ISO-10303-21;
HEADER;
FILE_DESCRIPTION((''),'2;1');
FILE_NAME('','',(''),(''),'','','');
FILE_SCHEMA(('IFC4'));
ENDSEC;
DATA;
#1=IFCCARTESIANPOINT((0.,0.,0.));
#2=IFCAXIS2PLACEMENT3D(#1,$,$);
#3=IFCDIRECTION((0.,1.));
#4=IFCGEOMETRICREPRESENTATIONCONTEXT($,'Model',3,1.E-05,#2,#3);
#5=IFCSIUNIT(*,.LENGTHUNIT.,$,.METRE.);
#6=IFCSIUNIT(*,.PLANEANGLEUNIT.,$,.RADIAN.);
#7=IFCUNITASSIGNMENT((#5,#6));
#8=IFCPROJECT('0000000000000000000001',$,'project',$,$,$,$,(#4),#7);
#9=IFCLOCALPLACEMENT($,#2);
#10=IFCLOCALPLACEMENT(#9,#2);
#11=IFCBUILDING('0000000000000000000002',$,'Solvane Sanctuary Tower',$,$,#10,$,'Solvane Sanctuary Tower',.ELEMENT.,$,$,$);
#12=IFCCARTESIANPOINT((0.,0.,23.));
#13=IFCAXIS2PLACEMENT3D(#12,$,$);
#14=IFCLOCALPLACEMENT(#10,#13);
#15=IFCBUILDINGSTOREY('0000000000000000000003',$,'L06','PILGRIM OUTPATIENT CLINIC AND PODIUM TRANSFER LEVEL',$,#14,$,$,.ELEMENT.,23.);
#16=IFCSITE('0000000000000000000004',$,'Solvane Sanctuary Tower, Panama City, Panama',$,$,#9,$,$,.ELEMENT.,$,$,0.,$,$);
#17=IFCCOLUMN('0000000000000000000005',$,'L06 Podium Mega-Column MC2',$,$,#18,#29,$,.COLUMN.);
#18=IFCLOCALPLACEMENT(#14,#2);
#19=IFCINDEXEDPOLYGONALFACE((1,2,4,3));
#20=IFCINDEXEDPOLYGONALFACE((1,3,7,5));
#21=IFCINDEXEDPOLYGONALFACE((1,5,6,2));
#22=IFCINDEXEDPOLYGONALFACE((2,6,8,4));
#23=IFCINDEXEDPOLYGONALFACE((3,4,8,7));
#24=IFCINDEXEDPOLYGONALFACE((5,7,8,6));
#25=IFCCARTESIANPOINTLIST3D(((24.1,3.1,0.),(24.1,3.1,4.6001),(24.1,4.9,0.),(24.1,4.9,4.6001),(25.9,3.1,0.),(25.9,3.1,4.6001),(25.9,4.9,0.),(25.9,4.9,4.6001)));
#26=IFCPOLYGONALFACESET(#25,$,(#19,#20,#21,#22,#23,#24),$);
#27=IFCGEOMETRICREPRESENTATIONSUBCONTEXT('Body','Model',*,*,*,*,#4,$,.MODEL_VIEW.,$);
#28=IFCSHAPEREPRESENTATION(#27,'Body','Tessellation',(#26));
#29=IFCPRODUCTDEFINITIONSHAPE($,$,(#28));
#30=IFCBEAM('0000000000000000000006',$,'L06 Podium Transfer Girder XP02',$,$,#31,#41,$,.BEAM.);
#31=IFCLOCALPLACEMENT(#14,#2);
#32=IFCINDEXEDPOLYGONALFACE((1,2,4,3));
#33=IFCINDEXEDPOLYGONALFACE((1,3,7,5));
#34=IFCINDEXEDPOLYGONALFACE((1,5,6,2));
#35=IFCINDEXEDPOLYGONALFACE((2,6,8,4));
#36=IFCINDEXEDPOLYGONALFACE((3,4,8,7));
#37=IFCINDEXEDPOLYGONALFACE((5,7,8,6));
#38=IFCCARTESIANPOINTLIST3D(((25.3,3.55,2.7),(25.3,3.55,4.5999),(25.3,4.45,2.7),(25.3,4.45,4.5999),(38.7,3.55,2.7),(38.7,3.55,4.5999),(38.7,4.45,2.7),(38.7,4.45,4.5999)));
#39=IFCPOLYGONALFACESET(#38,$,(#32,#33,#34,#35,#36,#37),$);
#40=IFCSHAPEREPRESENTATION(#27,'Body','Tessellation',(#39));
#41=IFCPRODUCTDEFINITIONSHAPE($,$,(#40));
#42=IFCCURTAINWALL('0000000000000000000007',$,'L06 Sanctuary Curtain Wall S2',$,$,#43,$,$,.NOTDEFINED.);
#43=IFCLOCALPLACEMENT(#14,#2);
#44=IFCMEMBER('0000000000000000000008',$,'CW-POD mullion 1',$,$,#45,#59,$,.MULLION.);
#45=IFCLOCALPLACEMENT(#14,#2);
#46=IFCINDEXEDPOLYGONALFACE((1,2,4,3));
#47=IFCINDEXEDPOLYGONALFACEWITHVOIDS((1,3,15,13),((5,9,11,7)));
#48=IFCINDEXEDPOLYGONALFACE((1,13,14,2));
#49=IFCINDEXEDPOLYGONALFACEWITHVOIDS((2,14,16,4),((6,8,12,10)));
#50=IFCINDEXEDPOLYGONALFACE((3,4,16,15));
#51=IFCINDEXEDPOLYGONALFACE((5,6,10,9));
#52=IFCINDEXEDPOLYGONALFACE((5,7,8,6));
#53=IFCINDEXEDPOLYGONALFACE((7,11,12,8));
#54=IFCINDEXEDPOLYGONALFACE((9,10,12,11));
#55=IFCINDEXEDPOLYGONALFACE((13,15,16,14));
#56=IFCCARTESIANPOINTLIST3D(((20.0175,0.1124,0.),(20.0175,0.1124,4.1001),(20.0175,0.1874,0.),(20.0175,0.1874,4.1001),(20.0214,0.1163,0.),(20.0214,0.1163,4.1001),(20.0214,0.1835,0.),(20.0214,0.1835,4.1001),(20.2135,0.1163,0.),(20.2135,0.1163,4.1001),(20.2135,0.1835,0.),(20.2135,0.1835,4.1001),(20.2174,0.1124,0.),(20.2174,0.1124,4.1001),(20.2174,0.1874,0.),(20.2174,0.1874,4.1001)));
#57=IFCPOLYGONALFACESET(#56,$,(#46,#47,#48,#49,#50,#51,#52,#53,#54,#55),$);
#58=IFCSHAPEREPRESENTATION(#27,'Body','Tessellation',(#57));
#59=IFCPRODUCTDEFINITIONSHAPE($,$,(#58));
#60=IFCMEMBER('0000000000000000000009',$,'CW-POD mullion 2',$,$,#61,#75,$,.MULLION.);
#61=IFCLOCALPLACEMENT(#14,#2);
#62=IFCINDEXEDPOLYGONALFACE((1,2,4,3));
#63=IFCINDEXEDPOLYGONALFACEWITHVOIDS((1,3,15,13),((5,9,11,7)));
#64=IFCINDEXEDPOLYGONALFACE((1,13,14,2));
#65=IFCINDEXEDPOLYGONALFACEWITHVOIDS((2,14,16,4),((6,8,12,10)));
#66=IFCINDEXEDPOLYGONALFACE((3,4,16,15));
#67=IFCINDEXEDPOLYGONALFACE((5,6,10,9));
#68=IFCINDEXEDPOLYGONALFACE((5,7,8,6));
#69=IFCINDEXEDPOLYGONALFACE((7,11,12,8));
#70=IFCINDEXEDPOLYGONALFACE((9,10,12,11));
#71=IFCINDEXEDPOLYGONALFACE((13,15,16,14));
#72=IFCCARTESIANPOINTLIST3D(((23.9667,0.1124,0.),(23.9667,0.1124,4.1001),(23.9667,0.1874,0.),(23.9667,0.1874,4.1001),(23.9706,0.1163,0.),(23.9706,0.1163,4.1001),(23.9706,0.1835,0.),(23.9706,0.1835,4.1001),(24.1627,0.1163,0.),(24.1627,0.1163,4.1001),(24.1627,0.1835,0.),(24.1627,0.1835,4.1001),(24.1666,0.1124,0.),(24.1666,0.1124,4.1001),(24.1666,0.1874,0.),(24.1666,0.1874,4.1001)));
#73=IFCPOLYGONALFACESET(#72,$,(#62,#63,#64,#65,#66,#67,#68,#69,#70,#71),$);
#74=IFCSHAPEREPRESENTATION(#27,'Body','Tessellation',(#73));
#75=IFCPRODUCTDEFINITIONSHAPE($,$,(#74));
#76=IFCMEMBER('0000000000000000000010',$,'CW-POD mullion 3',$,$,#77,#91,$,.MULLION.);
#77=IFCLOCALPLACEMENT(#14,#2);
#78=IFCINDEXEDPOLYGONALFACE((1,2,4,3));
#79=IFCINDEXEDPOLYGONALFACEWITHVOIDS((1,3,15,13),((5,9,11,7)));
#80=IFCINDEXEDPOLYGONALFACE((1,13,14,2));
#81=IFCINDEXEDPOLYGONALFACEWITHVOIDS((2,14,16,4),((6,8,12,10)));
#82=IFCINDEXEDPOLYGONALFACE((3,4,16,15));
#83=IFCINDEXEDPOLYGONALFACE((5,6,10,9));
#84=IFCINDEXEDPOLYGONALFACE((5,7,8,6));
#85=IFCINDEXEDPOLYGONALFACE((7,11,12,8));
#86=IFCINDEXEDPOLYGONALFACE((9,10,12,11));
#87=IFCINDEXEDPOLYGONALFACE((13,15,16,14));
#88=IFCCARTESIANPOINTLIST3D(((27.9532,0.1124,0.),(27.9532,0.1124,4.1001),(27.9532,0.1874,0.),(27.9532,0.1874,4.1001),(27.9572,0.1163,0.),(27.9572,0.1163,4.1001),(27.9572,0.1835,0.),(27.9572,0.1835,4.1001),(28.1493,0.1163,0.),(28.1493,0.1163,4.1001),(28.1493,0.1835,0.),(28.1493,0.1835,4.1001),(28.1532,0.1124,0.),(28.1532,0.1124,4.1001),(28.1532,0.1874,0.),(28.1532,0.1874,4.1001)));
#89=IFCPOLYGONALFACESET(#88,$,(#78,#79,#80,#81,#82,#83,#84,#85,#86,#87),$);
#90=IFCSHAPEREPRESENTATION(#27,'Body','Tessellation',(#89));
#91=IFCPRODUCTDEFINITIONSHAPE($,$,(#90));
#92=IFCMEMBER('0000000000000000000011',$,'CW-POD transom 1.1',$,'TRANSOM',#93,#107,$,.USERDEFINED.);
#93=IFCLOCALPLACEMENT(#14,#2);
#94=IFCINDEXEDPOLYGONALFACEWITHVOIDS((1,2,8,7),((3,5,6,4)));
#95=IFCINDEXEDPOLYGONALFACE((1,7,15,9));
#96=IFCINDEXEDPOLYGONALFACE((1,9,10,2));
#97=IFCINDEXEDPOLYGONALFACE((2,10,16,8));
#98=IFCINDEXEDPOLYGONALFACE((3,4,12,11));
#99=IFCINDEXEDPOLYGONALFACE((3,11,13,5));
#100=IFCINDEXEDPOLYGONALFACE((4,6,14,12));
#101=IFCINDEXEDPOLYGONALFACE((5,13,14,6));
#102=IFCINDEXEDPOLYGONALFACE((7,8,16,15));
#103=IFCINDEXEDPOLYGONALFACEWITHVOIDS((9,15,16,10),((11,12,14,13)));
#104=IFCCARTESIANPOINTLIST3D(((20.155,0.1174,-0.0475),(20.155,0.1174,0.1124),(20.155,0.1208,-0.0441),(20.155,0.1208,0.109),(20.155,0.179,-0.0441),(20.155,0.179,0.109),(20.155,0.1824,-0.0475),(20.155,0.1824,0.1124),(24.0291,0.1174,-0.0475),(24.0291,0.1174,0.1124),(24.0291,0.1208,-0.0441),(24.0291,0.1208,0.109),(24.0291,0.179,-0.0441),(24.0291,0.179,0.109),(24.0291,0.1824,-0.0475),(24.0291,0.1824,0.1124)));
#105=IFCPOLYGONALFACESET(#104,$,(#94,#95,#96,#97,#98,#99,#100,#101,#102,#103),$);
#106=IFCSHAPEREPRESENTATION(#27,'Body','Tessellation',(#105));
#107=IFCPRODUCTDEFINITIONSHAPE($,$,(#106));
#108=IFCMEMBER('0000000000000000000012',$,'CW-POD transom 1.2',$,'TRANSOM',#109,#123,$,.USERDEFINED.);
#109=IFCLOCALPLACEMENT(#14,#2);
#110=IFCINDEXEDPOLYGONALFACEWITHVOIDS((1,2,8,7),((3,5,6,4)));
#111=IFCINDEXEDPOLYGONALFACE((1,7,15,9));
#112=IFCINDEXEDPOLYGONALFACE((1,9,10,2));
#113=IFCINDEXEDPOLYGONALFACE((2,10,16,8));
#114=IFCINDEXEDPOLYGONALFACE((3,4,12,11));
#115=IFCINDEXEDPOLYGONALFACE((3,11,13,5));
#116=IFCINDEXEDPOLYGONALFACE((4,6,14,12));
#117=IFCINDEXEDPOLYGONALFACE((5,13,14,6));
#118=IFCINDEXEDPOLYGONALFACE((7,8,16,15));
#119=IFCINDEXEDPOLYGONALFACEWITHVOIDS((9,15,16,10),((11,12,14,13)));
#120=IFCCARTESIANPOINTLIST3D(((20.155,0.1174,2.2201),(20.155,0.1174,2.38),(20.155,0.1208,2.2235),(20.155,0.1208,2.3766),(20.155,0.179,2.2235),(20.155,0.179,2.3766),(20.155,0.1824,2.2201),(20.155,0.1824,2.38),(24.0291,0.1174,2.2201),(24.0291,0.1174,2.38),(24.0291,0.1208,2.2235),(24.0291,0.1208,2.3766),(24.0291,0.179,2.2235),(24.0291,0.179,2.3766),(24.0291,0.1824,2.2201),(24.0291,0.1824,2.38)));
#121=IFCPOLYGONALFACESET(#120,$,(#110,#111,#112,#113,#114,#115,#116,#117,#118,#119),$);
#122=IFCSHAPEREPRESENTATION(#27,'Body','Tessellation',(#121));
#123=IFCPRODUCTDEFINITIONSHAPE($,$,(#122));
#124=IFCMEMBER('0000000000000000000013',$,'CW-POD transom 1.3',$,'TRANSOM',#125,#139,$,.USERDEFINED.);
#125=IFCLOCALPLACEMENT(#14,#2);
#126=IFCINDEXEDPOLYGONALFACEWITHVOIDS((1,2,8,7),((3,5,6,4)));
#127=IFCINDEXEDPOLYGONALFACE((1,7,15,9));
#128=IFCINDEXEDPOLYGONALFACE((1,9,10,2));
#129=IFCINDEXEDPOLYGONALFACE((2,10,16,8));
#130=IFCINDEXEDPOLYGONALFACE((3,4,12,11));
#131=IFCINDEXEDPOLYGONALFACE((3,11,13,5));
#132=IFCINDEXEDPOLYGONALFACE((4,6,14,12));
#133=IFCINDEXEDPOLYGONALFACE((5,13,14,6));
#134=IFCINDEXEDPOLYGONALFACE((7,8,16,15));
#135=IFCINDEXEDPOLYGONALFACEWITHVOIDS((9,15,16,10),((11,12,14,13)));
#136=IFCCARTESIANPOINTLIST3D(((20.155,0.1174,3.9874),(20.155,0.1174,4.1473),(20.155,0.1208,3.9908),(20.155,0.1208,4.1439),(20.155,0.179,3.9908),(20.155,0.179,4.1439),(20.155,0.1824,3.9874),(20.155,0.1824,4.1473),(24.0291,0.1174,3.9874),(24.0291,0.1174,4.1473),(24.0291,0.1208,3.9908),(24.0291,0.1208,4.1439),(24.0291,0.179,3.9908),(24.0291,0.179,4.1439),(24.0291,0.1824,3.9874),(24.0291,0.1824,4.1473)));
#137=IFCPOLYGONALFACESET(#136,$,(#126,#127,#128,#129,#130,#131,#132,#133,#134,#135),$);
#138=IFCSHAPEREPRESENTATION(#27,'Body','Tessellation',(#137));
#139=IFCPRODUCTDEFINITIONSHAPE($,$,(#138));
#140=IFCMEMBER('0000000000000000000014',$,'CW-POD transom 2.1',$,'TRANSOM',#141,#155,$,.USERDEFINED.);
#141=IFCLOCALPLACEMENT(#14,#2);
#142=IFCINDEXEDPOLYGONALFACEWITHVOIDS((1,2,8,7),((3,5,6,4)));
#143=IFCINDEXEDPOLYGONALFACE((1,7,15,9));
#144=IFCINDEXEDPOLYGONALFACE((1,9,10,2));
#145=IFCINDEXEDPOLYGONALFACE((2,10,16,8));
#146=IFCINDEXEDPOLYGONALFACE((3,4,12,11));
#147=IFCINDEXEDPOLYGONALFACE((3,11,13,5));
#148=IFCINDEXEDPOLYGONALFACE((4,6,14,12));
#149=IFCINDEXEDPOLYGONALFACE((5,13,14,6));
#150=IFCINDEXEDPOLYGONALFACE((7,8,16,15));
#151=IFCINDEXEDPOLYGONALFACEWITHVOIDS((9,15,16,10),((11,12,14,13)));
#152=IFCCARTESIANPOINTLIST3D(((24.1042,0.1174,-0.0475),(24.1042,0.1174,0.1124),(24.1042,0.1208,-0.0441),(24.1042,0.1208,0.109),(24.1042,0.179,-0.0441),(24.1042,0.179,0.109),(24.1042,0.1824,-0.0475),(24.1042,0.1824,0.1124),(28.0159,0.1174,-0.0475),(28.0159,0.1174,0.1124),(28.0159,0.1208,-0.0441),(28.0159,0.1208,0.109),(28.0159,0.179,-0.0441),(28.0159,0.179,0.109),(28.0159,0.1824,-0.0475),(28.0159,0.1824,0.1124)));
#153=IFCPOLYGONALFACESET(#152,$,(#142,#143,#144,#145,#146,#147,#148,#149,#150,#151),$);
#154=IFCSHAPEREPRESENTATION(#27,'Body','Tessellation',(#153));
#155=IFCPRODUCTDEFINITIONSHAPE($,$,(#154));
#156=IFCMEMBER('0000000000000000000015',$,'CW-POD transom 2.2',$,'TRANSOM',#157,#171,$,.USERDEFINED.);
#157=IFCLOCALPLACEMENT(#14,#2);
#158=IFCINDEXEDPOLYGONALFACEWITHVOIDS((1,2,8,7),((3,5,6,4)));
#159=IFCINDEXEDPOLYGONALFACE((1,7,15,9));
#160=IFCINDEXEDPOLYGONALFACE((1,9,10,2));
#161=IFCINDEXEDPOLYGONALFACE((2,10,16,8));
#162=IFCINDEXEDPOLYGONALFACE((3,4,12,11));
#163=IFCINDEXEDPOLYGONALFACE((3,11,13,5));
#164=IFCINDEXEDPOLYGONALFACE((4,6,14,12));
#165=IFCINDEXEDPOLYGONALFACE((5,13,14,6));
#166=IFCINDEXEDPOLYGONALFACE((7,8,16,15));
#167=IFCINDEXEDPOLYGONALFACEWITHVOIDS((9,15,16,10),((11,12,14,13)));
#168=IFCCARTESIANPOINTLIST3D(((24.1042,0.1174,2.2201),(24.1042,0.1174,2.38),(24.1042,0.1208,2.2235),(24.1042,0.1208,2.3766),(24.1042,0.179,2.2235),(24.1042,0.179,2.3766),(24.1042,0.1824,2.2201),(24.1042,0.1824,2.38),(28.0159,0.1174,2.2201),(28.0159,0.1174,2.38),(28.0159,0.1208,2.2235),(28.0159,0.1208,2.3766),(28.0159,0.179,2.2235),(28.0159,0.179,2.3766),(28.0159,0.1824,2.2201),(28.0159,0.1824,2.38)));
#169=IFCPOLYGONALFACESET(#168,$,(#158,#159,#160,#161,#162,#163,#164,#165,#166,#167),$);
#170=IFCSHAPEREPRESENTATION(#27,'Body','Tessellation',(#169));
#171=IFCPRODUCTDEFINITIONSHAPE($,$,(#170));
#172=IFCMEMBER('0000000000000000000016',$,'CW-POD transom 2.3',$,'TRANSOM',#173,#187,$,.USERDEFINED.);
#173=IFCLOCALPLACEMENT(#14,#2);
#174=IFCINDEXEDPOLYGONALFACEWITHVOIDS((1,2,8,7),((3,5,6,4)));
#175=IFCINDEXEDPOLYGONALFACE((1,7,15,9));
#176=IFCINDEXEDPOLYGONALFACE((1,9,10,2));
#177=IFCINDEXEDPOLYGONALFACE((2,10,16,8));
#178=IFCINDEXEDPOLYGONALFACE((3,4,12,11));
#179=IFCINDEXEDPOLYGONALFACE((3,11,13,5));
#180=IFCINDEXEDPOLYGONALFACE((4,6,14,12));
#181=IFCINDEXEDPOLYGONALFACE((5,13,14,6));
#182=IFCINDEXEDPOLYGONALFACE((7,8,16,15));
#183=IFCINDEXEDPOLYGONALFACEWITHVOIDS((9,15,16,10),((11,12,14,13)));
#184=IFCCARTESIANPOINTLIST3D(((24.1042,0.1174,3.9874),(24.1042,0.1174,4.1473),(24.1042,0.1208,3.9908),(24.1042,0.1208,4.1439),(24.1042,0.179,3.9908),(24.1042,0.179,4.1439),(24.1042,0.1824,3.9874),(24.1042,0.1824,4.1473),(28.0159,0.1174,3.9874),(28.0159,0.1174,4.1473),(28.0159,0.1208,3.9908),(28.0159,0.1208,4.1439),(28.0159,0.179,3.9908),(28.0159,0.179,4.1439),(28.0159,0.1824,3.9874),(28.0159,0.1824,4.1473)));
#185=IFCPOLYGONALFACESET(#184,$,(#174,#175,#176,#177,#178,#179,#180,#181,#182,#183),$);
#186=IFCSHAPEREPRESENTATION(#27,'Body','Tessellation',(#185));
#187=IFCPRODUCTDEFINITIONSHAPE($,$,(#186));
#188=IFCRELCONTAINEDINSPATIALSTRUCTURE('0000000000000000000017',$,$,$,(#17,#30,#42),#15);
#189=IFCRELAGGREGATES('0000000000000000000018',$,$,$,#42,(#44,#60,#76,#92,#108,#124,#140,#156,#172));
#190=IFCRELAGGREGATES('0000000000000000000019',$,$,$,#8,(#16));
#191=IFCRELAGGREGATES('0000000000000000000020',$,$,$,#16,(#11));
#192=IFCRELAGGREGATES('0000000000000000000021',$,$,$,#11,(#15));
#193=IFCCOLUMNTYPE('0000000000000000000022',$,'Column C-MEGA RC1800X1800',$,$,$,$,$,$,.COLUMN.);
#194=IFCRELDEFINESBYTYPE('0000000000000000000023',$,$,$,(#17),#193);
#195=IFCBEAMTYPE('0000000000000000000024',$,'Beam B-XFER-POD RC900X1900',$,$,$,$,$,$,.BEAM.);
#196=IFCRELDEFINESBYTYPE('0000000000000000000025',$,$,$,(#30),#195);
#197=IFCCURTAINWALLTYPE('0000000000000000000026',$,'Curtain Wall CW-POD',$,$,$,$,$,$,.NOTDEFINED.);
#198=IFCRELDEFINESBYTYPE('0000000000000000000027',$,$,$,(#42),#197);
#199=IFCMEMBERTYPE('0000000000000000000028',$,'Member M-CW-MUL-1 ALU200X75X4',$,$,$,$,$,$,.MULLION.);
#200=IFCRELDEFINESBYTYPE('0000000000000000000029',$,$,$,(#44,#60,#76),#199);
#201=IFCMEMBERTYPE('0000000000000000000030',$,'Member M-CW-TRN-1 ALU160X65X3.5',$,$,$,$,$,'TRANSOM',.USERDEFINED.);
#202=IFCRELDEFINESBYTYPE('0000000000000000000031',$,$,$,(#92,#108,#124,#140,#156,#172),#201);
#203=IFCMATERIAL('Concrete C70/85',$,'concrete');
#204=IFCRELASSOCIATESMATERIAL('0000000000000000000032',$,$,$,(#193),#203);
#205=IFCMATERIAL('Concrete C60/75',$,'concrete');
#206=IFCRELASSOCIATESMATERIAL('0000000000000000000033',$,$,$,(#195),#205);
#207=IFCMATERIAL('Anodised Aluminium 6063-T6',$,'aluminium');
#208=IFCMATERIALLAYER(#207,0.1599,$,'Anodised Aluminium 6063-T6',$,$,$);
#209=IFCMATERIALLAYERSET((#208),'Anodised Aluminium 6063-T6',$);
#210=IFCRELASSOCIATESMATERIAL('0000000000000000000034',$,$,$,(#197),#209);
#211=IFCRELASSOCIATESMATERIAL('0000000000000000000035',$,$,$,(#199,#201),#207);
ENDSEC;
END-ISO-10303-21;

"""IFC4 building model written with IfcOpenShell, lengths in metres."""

from ifc_helpers import new_model, si_unit, direction, frame, origin, origin_2d, place, context, subcontext, project, spatial, rectangle, hollow_rectangle, extrude, material, layer, layer_set, material_profile, profile_set, type_object, element, aggregate, save


model = new_model("IFC4")

# Units and contexts
model_context = context("Model", 3, precision=1e-05, world=origin(), true_north=direction((0.0, 1.0)))
body_context = subcontext(model_context, "Body", "Model", "MODEL_VIEW")
ifc_project = project(units=[si_unit("LENGTHUNIT", "METRE"), si_unit("PLANEANGLEUNIT", "RADIAN")], contexts=[model_context])

# Site, building, storey
site_placement = place(None, origin())
site = spatial("IfcSite", under=ifc_project, at=site_placement, Name="Solvane Sanctuary Tower, Panama City, Panama", CompositionType="ELEMENT", RefElevation=0.0)
building_placement = place(site_placement, origin())
building = spatial("IfcBuilding", under=site, at=building_placement, Name="Solvane Sanctuary Tower", LongName="Solvane Sanctuary Tower", CompositionType="ELEMENT")
storey_placement = place(building_placement, frame((0.0, 0.0, 23.0)))
storey = spatial("IfcBuildingStorey", under=building, at=storey_placement, Name="L06", Description="PILGRIM OUTPATIENT CLINIC AND PODIUM TRANSFER LEVEL", CompositionType="ELEMENT", Elevation=23.0)

# Column
ifc_material_1 = material(Name="Concrete C70/85", Category="concrete")
ifc_material_profile_1 = material_profile(ifc_material_1, rectangle(XDim=1.8, YDim=1.8, at=origin_2d()), Name="RC1800X1800")
ifc_profile_set_1 = profile_set([ifc_material_profile_1], Name="Concrete C70/85")
column_type = type_object("IfcColumnType", Name="Column C-MEGA RC1800X1800", PredefinedType="COLUMN", material=ifc_profile_set_1)
column_placement = place(storey_placement, frame((25.0, 4.0, 0.0), z_axis=(0.0, 0.0, 1.0), x_axis=(1.0, 0.0, 0.0)))
element("IfcColumn", 1, at=column_placement, inside=storey, type_object=column_type, Name="L06 Podium Mega-Column MC2", PredefinedType="COLUMN", context=body_context, shape_type="SweptSolid", body=[
    extrude(rectangle(XDim=1.8, YDim=1.8, at=origin_2d()), origin(), (0.0, 0.0, 1.0), 4.6001),
])

# Beam
ifc_material_2 = material(Name="Concrete C60/75", Category="concrete")
ifc_material_profile_2 = material_profile(ifc_material_2, rectangle(XDim=0.8999, YDim=1.8999, at=origin_2d()), Name="RC900X1900")
ifc_profile_set_2 = profile_set([ifc_material_profile_2], Name="Concrete C60/75")
beam_type = type_object("IfcBeamType", Name="Beam B-XFER-POD RC900X1900", PredefinedType="BEAM", material=ifc_profile_set_2)
beam_placement = place(storey_placement, frame((25.3, 4.0, 3.6499), z_axis=(1.0, 0.0, 0.0), x_axis=(0.0, 1.0, 0.0)))
element("IfcBeam", 2, at=beam_placement, inside=storey, type_object=beam_type, Name="L06 Podium Transfer Girder XP02", PredefinedType="BEAM", context=body_context, shape_type="SweptSolid", body=[
    extrude(rectangle(XDim=0.8999, YDim=1.8999, at=origin_2d()), origin(), (0.0, 0.0, 1.0), 13.3999),
])

# Curtain wall, members
ifc_material_3 = material(Name="Anodised Aluminium 6063-T6", Category="aluminium")
ifc_layer_1 = layer(ifc_material_3, 0.1599, Name="Anodised Aluminium 6063-T6")
ifc_layer_set_1 = layer_set([ifc_layer_1], Name="Anodised Aluminium 6063-T6")
curtain_wall_type = type_object("IfcCurtainWallType", Name="Curtain Wall CW-POD", PredefinedType="NOTDEFINED", material=ifc_layer_set_1)
curtain_wall_placement = place(storey_placement, origin())
curtain_wall = element("IfcCurtainWall", 3, at=curtain_wall_placement, inside=storey, type_object=curtain_wall_type, Name="L06 Sanctuary Curtain Wall S2", PredefinedType="NOTDEFINED")
ifc_material_profile_3 = material_profile(ifc_material_3, hollow_rectangle(XDim=0.075, YDim=0.2, WallThickness=0.0039, at=origin_2d()), Name="ALU200X75X4")
ifc_profile_set_3 = profile_set([ifc_material_profile_3], Name="Anodised Aluminium 6063-T6")
member_type_1 = type_object("IfcMemberType", Name="Member M-CW-MUL-1 ALU200X75X4", PredefinedType="MULLION", material=ifc_profile_set_3)
member_1_placement = place(storey_placement, frame((20.1174, 0.1499, 0.0), z_axis=(0.0, 0.0, 1.0), x_axis=(0.0, 1.0, 0.0)))
member_1 = element("IfcMember", 4, at=member_1_placement, type_object=member_type_1, Name="CW-POD mullion 1", PredefinedType="MULLION", context=body_context, shape_type="SweptSolid", body=[
    extrude(hollow_rectangle(XDim=0.075, YDim=0.2, WallThickness=0.0039, at=origin_2d()), origin(), (0.0, 0.0, 1.0), 4.1001),
])
member_2_placement = place(storey_placement, frame((24.0667, 0.1499, 0.0), z_axis=(0.0, 0.0, 1.0), x_axis=(0.0, 1.0, 0.0)))
member_2 = element("IfcMember", 5, at=member_2_placement, type_object=member_type_1, Name="CW-POD mullion 2", PredefinedType="MULLION", context=body_context, shape_type="SweptSolid", body=[
    extrude(hollow_rectangle(XDim=0.075, YDim=0.2, WallThickness=0.0039, at=origin_2d()), origin(), (0.0, 0.0, 1.0), 4.1001),
])
member_3_placement = place(storey_placement, frame((28.0532, 0.1499, 0.0), z_axis=(0.0, 0.0, 1.0), x_axis=(0.0, 1.0, 0.0)))
member_3 = element("IfcMember", 6, at=member_3_placement, type_object=member_type_1, Name="CW-POD mullion 3", PredefinedType="MULLION", context=body_context, shape_type="SweptSolid", body=[
    extrude(hollow_rectangle(XDim=0.075, YDim=0.2, WallThickness=0.0039, at=origin_2d()), origin(), (0.0, 0.0, 1.0), 4.1001),
])
ifc_material_profile_4 = material_profile(ifc_material_3, hollow_rectangle(XDim=0.0649, YDim=0.1599, WallThickness=0.0034, at=origin_2d()), Name="ALU160X65X3.5")
ifc_profile_set_4 = profile_set([ifc_material_profile_4], Name="Anodised Aluminium 6063-T6")
member_type_2 = type_object("IfcMemberType", Name="Member M-CW-TRN-1 ALU160X65X3.5", ElementType="TRANSOM", PredefinedType="USERDEFINED", material=ifc_profile_set_4)
member_4_placement = place(storey_placement, frame((20.155, 0.1499, 0.0325), z_axis=(1.0, 0.0, 0.0), x_axis=(0.0, 1.0, 0.0)))
member_4 = element("IfcMember", 7, at=member_4_placement, type_object=member_type_2, Name="CW-POD transom 1.1", ObjectType="TRANSOM", PredefinedType="USERDEFINED", context=body_context, shape_type="SweptSolid", body=[
    extrude(hollow_rectangle(XDim=0.0649, YDim=0.1599, WallThickness=0.0034, at=origin_2d()), origin(), (0.0, 0.0, 1.0), 3.874),
])
member_5_placement = place(storey_placement, frame((20.155, 0.1499, 2.3), z_axis=(1.0, 0.0, 0.0), x_axis=(0.0, 1.0, 0.0)))
member_5 = element("IfcMember", 8, at=member_5_placement, type_object=member_type_2, Name="CW-POD transom 1.2", ObjectType="TRANSOM", PredefinedType="USERDEFINED", context=body_context, shape_type="SweptSolid", body=[
    extrude(hollow_rectangle(XDim=0.0649, YDim=0.1599, WallThickness=0.0034, at=origin_2d()), origin(), (0.0, 0.0, 1.0), 3.874),
])
member_6_placement = place(storey_placement, frame((20.155, 0.1499, 4.0674), z_axis=(1.0, 0.0, 0.0), x_axis=(0.0, 1.0, 0.0)))
member_6 = element("IfcMember", 9, at=member_6_placement, type_object=member_type_2, Name="CW-POD transom 1.3", ObjectType="TRANSOM", PredefinedType="USERDEFINED", context=body_context, shape_type="SweptSolid", body=[
    extrude(hollow_rectangle(XDim=0.0649, YDim=0.1599, WallThickness=0.0034, at=origin_2d()), origin(), (0.0, 0.0, 1.0), 3.874),
])
member_7_placement = place(storey_placement, frame((24.1042, 0.1499, 0.0325), z_axis=(1.0, 0.0, 0.0), x_axis=(0.0, 1.0, 0.0)))
member_7 = element("IfcMember", 10, at=member_7_placement, type_object=member_type_2, Name="CW-POD transom 2.1", ObjectType="TRANSOM", PredefinedType="USERDEFINED", context=body_context, shape_type="SweptSolid", body=[
    extrude(hollow_rectangle(XDim=0.0649, YDim=0.1599, WallThickness=0.0034, at=origin_2d()), origin(), (0.0, 0.0, 1.0), 3.9116),
])
member_8_placement = place(storey_placement, frame((24.1042, 0.1499, 2.3), z_axis=(1.0, 0.0, 0.0), x_axis=(0.0, 1.0, 0.0)))
member_8 = element("IfcMember", 11, at=member_8_placement, type_object=member_type_2, Name="CW-POD transom 2.2", ObjectType="TRANSOM", PredefinedType="USERDEFINED", context=body_context, shape_type="SweptSolid", body=[
    extrude(hollow_rectangle(XDim=0.0649, YDim=0.1599, WallThickness=0.0034, at=origin_2d()), origin(), (0.0, 0.0, 1.0), 3.9116),
])
member_9_placement = place(storey_placement, frame((24.1042, 0.1499, 4.0674), z_axis=(1.0, 0.0, 0.0), x_axis=(0.0, 1.0, 0.0)))
member_9 = element("IfcMember", 12, at=member_9_placement, type_object=member_type_2, Name="CW-POD transom 2.3", ObjectType="TRANSOM", PredefinedType="USERDEFINED", context=body_context, shape_type="SweptSolid", body=[
    extrude(hollow_rectangle(XDim=0.0649, YDim=0.1599, WallThickness=0.0034, at=origin_2d()), origin(), (0.0, 0.0, 1.0), 3.9116),
])

aggregate(curtain_wall, [member_1, member_2, member_3, member_4, member_5, member_6, member_7, member_8, member_9])

save(model, "model.ifc")
